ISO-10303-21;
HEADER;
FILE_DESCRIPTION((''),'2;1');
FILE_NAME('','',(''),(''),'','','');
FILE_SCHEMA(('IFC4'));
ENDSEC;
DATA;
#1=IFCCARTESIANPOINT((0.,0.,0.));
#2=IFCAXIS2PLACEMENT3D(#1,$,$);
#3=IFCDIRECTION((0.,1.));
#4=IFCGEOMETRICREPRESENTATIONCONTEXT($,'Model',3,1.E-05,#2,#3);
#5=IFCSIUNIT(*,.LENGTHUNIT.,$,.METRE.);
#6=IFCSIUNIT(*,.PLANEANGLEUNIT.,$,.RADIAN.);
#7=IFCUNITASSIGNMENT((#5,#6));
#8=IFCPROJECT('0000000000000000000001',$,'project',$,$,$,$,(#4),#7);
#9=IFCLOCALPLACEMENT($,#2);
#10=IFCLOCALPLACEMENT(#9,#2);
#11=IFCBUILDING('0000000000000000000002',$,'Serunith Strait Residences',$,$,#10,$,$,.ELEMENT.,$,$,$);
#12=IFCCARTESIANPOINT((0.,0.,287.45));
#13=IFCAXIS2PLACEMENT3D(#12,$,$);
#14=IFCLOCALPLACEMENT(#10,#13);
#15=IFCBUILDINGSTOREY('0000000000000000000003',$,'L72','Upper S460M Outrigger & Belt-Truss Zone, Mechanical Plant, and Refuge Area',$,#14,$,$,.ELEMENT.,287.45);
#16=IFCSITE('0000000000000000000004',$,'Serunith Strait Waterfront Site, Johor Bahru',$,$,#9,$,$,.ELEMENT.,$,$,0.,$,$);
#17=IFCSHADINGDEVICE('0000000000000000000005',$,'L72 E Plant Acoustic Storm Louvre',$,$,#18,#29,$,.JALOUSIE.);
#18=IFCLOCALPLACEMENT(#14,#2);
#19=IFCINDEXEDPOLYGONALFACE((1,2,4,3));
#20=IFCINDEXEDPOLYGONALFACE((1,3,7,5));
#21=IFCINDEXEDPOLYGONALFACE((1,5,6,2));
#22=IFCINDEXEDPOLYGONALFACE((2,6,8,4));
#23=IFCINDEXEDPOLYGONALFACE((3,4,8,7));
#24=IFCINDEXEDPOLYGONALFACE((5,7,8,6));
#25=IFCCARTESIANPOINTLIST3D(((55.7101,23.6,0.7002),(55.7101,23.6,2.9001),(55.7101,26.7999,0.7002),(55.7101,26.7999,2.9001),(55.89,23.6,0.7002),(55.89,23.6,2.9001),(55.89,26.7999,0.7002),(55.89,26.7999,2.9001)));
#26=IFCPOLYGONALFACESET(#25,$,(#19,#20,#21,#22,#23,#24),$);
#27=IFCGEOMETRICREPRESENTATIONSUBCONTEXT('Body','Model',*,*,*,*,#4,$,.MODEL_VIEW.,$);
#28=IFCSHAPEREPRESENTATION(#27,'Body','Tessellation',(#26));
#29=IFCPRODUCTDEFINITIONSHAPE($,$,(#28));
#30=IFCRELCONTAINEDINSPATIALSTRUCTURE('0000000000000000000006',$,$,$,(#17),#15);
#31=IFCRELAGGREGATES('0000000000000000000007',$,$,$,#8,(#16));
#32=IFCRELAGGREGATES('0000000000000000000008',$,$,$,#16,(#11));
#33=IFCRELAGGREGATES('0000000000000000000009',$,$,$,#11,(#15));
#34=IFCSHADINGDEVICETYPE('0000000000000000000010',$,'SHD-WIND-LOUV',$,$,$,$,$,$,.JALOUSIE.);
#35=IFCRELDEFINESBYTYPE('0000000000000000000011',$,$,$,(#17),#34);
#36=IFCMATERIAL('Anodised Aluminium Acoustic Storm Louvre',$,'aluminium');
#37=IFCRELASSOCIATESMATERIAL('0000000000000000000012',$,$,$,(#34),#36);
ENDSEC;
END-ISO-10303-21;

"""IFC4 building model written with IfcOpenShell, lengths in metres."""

from ifc_helpers import new_model, si_unit, direction, frame, origin, origin_2d, place, context, subcontext, project, spatial, rectangle, extrude, source, transform, mapped, material, type_object, element, save


model = new_model("IFC4")

# Units and contexts
model_context = context("Model", 3, precision=1e-05, world=origin(), true_north=direction((0.0, 1.0)))
body_context = subcontext(model_context, "Body", "Model", "MODEL_VIEW")
ifc_project = project(units=[si_unit("LENGTHUNIT", "METRE"), si_unit("PLANEANGLEUNIT", "RADIAN")], contexts=[model_context])

# Site, building, storey
site_placement = place(None, origin())
site = spatial("IfcSite", under=ifc_project, at=site_placement, Name="Serunith Strait Waterfront Site, Johor Bahru", CompositionType="ELEMENT", RefElevation=0.0)
building_placement = place(site_placement, origin())
building = spatial("IfcBuilding", under=site, at=building_placement, Name="Serunith Strait Residences", CompositionType="ELEMENT")
storey_placement = place(building_placement, frame((0.0, 0.0, 287.45)))
storey = spatial("IfcBuildingStorey", under=building, at=storey_placement, Name="L72", Description="Upper S460M Outrigger & Belt-Truss Zone, Mechanical Plant, and Refuge Area", CompositionType="ELEMENT", Elevation=287.45)

# Shading device
ifc_material_1 = material(Name="Anodised Aluminium Acoustic Storm Louvre", Category="aluminium")
shading_device_type = type_object("IfcShadingDeviceType", Name="SHD-WIND-LOUV", PredefinedType="JALOUSIE", material=ifc_material_1)
shared_shape_1 = source(origin(), body_context, "Body", "SweptSolid", [
    extrude(rectangle(XDim=3.2, YDim=0.1799, at=origin_2d()), origin(), (0.0, 0.0, 1.0), 2.2),
])
shading_device_placement = place(storey_placement, frame((55.8, 25.2, 0.7002), z_axis=(0.0, 0.0, 1.0), x_axis=(0.0, 1.0, 0.0)))
element("IfcShadingDevice", 1, at=shading_device_placement, inside=storey, type_object=shading_device_type, Name="L72 E Plant Acoustic Storm Louvre", PredefinedType="JALOUSIE", context=body_context, shape_type="MappedRepresentation", body=[
    mapped(shared_shape_1, transform((0.0, 0.0, 0.0), scale=1.0)),
])

save(model, "model.ifc")
